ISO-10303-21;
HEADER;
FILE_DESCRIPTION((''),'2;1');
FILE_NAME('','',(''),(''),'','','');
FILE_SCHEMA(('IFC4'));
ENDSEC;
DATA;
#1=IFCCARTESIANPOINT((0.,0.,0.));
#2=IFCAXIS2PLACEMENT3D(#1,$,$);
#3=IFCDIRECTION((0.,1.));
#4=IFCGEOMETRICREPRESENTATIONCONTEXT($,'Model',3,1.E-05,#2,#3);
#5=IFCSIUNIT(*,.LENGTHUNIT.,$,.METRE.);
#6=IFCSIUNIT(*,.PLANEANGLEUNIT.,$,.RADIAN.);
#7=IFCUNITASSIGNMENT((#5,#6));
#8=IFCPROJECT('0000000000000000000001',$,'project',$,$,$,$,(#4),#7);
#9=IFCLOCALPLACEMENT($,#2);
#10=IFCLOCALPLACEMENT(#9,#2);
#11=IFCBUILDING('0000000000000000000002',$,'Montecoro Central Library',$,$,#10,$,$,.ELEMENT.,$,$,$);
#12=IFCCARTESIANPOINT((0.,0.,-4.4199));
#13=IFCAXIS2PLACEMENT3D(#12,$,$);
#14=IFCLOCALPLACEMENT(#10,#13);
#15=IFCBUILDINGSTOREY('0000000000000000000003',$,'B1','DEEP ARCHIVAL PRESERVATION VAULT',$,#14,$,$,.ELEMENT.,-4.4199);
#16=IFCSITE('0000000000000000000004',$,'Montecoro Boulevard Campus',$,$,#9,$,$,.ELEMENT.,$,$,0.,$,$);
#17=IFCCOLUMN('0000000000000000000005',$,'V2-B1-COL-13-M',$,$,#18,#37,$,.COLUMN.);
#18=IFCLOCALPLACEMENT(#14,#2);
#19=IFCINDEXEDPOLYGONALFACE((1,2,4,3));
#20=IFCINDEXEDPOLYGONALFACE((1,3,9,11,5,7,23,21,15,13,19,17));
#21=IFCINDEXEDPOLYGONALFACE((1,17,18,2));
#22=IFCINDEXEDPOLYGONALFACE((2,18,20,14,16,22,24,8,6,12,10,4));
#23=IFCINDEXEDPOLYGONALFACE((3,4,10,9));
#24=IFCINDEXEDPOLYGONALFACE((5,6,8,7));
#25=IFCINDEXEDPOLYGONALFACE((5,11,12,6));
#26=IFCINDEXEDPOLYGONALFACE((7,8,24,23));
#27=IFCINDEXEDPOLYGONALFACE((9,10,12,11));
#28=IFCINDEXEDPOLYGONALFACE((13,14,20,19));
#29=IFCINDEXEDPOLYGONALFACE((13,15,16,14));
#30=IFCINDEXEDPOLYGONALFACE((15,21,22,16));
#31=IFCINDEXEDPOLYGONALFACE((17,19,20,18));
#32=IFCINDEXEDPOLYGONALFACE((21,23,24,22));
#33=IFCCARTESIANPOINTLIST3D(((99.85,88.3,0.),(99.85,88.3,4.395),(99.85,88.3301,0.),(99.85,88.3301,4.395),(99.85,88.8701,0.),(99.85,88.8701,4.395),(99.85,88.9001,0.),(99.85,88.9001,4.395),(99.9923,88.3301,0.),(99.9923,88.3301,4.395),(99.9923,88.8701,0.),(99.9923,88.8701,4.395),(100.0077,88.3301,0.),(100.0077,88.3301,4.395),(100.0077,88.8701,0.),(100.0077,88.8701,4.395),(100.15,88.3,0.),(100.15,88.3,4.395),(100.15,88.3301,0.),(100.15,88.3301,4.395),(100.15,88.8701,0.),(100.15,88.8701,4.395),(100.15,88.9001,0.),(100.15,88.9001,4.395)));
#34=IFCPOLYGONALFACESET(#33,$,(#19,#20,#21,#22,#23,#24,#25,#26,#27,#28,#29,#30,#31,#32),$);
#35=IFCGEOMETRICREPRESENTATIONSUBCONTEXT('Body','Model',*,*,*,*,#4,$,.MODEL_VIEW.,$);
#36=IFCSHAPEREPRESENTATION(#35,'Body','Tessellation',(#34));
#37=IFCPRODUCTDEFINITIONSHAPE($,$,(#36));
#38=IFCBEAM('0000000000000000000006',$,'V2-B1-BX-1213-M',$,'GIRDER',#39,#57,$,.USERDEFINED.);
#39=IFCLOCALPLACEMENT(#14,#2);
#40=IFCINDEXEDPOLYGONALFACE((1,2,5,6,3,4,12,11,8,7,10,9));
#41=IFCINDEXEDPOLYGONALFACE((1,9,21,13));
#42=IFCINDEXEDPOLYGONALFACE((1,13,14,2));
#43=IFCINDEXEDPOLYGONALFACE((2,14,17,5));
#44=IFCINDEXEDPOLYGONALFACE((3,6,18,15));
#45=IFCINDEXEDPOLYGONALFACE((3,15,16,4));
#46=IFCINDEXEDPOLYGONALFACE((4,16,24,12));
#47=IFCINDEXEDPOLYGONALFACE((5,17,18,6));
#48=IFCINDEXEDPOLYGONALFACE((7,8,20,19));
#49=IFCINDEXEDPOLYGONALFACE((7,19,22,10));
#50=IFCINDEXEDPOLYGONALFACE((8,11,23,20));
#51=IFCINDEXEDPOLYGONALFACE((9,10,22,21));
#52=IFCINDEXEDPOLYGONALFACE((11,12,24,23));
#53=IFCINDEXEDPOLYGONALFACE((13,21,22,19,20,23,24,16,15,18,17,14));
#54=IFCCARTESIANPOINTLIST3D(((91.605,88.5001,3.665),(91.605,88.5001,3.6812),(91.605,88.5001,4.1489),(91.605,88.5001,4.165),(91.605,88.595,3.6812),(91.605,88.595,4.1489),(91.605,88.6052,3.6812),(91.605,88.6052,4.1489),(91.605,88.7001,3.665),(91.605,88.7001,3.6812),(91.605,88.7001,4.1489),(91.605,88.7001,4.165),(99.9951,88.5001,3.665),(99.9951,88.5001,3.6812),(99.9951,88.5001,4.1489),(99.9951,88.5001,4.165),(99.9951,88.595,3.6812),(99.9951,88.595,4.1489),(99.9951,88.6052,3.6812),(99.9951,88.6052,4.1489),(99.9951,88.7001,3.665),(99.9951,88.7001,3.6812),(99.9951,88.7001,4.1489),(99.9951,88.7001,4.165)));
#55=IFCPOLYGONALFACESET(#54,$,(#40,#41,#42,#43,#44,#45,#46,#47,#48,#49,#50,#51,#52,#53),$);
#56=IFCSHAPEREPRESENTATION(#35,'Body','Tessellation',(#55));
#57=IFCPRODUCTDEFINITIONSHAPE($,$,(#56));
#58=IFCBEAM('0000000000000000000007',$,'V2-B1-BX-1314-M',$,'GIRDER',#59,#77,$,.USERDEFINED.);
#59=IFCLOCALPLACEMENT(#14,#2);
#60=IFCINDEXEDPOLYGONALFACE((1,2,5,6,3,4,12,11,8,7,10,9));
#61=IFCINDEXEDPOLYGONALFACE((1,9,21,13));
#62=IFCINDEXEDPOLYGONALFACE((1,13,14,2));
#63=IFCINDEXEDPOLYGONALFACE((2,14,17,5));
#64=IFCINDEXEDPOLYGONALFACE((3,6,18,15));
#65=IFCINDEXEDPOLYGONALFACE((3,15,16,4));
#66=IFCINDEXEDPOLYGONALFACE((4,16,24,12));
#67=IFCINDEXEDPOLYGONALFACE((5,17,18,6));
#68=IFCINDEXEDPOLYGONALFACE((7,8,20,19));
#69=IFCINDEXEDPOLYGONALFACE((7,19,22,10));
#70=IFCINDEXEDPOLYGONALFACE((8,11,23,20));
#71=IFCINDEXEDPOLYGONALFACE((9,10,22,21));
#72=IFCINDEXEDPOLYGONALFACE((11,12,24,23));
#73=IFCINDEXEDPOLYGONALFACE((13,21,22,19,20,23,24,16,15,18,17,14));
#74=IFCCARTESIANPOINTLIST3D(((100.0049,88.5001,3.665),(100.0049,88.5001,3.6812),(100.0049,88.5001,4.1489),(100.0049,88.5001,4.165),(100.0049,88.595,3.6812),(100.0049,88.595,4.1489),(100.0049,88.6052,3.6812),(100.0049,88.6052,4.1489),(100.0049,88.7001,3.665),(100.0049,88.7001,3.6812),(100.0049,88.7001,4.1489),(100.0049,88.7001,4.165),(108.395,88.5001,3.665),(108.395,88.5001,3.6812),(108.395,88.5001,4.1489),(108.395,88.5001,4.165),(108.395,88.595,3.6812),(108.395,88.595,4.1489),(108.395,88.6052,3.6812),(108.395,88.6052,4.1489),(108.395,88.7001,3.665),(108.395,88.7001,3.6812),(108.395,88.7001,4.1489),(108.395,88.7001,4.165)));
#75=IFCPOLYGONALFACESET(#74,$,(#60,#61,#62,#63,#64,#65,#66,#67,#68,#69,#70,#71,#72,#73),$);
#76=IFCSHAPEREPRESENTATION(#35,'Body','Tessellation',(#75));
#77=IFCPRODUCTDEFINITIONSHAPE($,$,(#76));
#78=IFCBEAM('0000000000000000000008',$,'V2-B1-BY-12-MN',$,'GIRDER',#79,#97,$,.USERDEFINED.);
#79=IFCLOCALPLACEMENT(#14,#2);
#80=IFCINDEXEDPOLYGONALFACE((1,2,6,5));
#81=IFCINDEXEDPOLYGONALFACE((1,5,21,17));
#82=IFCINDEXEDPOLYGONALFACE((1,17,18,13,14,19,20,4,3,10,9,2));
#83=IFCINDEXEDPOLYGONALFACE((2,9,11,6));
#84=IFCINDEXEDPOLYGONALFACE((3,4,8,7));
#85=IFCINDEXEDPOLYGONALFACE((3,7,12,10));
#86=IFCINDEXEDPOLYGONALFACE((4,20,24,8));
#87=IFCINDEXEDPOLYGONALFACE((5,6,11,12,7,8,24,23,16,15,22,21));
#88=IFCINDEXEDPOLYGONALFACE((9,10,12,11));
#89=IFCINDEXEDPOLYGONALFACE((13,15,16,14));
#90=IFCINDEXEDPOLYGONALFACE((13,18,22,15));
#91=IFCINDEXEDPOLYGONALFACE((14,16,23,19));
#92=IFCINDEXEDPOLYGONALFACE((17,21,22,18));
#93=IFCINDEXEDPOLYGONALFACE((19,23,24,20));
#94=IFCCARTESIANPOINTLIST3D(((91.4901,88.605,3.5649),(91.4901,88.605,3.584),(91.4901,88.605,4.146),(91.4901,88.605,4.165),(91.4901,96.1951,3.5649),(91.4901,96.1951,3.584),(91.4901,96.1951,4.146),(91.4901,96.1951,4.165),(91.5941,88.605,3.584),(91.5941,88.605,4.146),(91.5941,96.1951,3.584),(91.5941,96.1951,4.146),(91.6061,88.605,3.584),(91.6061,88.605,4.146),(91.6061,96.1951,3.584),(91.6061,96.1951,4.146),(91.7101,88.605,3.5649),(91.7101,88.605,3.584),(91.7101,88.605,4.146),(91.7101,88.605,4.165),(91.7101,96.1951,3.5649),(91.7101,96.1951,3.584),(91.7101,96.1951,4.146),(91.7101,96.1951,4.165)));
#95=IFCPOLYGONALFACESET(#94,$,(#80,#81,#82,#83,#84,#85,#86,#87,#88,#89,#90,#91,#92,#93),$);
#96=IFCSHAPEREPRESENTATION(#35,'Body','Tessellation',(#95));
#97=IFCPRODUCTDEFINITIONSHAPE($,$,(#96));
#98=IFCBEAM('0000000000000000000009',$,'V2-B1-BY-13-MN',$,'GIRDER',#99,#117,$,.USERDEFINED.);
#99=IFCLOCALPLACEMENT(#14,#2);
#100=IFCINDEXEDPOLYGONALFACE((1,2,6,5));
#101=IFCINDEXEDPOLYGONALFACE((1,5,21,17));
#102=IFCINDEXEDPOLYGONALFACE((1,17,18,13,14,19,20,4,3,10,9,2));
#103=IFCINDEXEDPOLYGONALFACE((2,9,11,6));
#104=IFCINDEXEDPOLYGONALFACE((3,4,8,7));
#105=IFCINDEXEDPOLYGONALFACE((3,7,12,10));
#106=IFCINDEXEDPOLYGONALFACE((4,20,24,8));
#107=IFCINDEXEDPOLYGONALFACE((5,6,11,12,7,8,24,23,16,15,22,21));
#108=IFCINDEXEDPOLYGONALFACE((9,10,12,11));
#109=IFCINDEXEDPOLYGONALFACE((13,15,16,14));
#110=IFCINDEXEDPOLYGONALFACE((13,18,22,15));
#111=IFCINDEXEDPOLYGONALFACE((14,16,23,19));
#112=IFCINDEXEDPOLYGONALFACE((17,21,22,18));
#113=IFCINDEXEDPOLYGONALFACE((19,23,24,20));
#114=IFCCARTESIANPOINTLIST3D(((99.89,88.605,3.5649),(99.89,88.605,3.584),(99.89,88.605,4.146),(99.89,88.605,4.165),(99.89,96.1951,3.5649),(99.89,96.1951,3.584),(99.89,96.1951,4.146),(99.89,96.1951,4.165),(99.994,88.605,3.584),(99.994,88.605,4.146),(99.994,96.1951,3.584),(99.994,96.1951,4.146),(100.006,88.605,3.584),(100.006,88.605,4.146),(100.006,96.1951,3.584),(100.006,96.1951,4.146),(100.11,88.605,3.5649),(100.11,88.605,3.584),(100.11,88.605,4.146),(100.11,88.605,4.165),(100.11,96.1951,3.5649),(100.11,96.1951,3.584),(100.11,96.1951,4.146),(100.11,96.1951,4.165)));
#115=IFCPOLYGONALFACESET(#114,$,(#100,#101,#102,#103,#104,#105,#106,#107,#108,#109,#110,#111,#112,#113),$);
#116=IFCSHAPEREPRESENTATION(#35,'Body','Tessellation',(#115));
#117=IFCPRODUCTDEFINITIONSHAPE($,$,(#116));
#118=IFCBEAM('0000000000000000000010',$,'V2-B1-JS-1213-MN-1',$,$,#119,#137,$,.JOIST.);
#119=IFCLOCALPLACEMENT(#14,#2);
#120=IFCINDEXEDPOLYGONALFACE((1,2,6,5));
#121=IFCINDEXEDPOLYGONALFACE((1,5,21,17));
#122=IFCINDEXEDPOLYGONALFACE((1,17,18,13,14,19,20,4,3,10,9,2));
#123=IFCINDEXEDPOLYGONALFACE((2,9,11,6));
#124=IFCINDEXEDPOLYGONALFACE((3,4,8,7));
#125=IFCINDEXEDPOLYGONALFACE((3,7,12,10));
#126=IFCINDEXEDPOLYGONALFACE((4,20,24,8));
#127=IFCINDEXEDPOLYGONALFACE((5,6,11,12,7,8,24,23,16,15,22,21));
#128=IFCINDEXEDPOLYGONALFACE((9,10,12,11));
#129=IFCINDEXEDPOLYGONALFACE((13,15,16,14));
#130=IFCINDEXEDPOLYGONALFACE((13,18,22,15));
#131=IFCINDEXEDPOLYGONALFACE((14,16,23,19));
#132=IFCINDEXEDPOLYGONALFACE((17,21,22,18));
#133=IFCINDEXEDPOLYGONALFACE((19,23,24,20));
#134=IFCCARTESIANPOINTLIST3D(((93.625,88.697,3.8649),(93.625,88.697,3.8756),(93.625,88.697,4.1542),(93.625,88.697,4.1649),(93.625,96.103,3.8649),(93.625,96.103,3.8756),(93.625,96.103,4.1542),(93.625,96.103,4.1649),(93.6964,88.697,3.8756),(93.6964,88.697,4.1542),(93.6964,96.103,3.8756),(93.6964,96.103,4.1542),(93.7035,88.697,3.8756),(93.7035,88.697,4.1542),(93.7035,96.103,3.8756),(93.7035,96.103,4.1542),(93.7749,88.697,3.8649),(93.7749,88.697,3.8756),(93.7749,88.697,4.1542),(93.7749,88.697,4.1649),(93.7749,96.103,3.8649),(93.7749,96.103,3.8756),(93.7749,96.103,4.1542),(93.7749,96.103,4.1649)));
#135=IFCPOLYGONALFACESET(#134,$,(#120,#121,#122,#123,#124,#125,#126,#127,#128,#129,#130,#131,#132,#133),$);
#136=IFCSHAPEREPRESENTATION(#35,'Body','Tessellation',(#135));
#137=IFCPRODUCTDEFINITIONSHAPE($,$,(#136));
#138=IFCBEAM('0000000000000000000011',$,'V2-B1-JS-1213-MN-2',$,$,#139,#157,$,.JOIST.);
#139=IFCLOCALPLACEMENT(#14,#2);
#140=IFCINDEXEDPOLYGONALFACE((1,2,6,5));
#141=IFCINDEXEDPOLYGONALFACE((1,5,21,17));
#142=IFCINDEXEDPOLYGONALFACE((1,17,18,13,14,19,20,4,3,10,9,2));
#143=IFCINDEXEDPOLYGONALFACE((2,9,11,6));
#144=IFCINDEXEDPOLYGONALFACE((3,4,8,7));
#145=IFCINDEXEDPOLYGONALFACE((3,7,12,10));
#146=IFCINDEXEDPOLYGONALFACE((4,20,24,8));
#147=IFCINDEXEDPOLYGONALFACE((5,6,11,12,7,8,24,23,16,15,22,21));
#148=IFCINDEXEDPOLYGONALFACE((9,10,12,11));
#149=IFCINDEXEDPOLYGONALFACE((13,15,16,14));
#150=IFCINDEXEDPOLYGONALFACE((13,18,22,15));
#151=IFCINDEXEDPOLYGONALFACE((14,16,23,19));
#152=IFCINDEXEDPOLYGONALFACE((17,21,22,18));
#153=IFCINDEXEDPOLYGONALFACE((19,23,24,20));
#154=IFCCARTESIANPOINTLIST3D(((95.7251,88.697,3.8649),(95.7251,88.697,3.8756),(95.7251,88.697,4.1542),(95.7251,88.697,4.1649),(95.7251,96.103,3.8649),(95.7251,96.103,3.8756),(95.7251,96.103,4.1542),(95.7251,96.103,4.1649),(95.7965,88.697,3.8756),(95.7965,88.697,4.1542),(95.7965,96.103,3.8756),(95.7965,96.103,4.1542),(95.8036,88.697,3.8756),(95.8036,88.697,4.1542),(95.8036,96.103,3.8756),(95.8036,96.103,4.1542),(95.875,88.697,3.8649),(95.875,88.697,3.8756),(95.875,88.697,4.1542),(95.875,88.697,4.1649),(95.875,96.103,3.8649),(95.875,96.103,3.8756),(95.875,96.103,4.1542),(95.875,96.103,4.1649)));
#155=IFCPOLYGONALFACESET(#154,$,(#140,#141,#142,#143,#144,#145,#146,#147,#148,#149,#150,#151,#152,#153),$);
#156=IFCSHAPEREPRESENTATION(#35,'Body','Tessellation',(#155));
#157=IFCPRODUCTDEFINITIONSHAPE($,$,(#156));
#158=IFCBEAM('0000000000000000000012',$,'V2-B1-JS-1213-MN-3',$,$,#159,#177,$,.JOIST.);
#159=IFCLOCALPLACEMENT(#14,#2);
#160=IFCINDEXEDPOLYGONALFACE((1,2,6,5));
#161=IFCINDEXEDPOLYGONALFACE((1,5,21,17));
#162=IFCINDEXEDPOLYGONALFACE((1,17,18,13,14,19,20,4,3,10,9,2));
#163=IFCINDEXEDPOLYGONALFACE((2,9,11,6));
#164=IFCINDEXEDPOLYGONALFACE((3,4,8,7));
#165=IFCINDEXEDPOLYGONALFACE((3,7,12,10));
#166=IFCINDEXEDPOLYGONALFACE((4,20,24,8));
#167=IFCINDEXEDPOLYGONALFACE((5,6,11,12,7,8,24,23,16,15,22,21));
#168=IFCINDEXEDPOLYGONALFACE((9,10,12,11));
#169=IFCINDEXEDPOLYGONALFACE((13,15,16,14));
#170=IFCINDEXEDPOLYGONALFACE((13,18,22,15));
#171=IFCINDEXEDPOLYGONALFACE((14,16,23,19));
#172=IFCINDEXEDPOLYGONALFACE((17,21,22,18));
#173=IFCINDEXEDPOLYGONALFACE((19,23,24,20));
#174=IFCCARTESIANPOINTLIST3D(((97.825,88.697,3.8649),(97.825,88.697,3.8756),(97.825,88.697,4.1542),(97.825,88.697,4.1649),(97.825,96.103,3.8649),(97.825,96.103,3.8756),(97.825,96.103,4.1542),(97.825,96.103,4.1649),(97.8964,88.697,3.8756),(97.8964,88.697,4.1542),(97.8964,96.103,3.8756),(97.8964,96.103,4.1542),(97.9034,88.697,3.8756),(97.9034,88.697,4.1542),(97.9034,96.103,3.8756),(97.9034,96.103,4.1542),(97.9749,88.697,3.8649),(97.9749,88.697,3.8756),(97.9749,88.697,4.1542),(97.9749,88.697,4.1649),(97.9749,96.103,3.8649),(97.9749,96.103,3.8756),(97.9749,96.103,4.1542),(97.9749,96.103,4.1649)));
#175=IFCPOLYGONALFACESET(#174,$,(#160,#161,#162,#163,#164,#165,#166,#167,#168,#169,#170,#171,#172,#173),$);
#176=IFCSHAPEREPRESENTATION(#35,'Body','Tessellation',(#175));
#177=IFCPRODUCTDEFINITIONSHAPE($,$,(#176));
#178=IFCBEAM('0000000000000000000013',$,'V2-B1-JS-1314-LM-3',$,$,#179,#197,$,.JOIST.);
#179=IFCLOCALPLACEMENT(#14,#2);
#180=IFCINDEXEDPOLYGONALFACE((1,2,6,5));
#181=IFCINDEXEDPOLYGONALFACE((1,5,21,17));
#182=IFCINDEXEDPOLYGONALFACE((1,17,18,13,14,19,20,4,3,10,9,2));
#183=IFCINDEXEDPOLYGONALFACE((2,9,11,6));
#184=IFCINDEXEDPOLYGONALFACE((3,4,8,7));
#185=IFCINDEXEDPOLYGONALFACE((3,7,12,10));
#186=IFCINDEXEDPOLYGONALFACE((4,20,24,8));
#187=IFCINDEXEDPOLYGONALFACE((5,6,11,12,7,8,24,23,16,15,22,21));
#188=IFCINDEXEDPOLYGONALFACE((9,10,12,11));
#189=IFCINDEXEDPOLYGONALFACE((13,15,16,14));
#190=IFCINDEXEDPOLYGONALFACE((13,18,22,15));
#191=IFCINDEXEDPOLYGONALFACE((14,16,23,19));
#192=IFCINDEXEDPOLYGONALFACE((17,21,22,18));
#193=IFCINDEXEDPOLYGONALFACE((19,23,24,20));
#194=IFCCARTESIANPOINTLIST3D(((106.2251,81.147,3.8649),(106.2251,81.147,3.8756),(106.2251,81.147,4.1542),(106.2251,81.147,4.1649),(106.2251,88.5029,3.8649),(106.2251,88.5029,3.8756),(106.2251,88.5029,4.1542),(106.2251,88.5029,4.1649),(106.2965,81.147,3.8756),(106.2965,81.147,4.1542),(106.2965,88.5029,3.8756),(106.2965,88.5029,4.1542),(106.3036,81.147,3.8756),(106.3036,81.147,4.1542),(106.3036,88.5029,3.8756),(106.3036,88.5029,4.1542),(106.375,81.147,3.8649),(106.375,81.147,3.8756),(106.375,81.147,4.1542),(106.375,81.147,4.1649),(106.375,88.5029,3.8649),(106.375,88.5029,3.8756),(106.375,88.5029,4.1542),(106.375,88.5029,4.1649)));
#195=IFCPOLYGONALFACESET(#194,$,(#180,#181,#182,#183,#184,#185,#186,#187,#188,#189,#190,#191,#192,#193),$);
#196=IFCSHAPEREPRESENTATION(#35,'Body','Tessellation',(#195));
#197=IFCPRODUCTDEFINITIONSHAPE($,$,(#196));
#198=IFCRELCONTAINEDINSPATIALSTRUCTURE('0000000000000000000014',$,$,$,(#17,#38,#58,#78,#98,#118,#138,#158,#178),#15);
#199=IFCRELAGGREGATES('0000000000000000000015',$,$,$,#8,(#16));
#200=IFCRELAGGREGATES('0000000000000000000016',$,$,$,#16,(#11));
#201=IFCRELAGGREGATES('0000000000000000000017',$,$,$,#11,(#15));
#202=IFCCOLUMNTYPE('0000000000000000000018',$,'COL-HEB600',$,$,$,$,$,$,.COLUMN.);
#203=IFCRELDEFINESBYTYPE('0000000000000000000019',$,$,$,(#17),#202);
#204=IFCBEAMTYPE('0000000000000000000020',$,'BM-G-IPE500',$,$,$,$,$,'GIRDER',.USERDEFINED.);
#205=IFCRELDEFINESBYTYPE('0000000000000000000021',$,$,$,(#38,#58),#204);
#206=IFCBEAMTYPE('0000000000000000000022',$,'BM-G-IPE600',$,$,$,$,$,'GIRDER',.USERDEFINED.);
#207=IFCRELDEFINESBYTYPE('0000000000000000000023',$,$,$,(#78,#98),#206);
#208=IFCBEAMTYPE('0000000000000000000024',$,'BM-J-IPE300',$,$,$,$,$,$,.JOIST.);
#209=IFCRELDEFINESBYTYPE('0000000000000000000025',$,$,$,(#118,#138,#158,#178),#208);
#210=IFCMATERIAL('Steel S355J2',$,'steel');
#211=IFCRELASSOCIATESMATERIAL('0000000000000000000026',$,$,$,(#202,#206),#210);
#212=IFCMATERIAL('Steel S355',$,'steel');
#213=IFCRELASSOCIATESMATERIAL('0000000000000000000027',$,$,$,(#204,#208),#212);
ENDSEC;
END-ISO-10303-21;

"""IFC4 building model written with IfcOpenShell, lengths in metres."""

from ifc_helpers import new_model, si_unit, direction, frame, origin, origin_2d, place, context, subcontext, project, spatial, i_section, extrude, material, material_profile, profile_set, type_object, element, save


model = new_model("IFC4")

# Units and contexts
model_context = context("Model", 3, precision=1e-05, world=origin(), true_north=direction((0.0, 1.0)))
body_context = subcontext(model_context, "Body", "Model", "MODEL_VIEW")
ifc_project = project(units=[si_unit("LENGTHUNIT", "METRE"), si_unit("PLANEANGLEUNIT", "RADIAN")], contexts=[model_context])

# Site, building, storey
site_placement = place(None, origin())
site = spatial("IfcSite", under=ifc_project, at=site_placement, Name="Montecoro Boulevard Campus", CompositionType="ELEMENT", RefElevation=0.0)
building_placement = place(site_placement, origin())
building = spatial("IfcBuilding", under=site, at=building_placement, Name="Montecoro Central Library", CompositionType="ELEMENT")
storey_placement = place(building_placement, frame((0.0, 0.0, -4.4199)))
storey = spatial("IfcBuildingStorey", under=building, at=storey_placement, Name="B1", Description="DEEP ARCHIVAL PRESERVATION VAULT", CompositionType="ELEMENT", Elevation=-4.4199)

# Column
ifc_material_1 = material(Name="Steel S355J2", Category="steel")
ifc_material_profile_1 = material_profile(ifc_material_1, i_section(OverallWidth=0.3, OverallDepth=0.6001, WebThickness=0.0154, FlangeThickness=0.03, at=origin_2d()), Name="HEB 600")
ifc_profile_set_1 = profile_set([ifc_material_profile_1], Name="Steel S355J2")
column_type = type_object("IfcColumnType", Name="COL-HEB600", PredefinedType="COLUMN", material=ifc_profile_set_1)
for number, where, z_axis, x_axis, name in (
    (1, (100.0, 88.6001, 0.0), (0.0, 0.0, 1.0), (1.0, 0.0, 0.0), "V2-B1-COL-13-M"),
):
    element("IfcColumn", number, at=place(storey_placement, frame(where, z_axis=z_axis, x_axis=x_axis)), inside=storey, type_object=column_type, Name=name, PredefinedType="COLUMN", context=body_context, shape_type="SweptSolid", body=[
        extrude(i_section(OverallWidth=0.3, OverallDepth=0.6001, WebThickness=0.0154, FlangeThickness=0.03, at=origin_2d()), origin(), (0.0, 0.0, 1.0), 4.395),
    ])

# Beams
ifc_material_2 = material(Name="Steel S355", Category="steel")
ifc_material_profile_2 = material_profile(ifc_material_2, i_section(OverallWidth=0.2, OverallDepth=0.5, WebThickness=0.0103, FlangeThickness=0.0161, at=origin_2d()), Name="IPE 500")
ifc_profile_set_2 = profile_set([ifc_material_profile_2], Name="Steel S355")
beam_type_1 = type_object("IfcBeamType", Name="BM-G-IPE500", ElementType="GIRDER", PredefinedType="USERDEFINED", material=ifc_profile_set_2)
for number, where, z_axis, x_axis, name in (
    (2, (91.605, 88.6001, 3.915), (1.0, 0.0, 0.0), (0.0, 1.0, 0.0), "V2-B1-BX-1213-M"),
    (3, (100.0049, 88.6001, 3.915), (1.0, 0.0, 0.0), (0.0, 1.0, 0.0), "V2-B1-BX-1314-M"),
):
    element("IfcBeam", number, at=place(storey_placement, frame(where, z_axis=z_axis, x_axis=x_axis)), inside=storey, type_object=beam_type_1, Name=name, ObjectType="GIRDER", PredefinedType="USERDEFINED", context=body_context, shape_type="SweptSolid", body=[
        extrude(i_section(OverallWidth=0.2, OverallDepth=0.5, WebThickness=0.0103, FlangeThickness=0.0161, at=origin_2d()), origin(), (0.0, 0.0, 1.0), 8.3901),
    ])
ifc_material_profile_3 = material_profile(ifc_material_1, i_section(OverallWidth=0.22, OverallDepth=0.6001, WebThickness=0.012, FlangeThickness=0.019, at=origin_2d()), Name="IPE 600")
ifc_profile_set_3 = profile_set([ifc_material_profile_3], Name="Steel S355J2")
beam_type_2 = type_object("IfcBeamType", Name="BM-G-IPE600", ElementType="GIRDER", PredefinedType="USERDEFINED", material=ifc_profile_set_3)
for number, where, z_axis, x_axis, name in (
    (4, (91.6001, 88.605, 3.865), (0.0, 1.0, 0.0), (-1.0, 0.0, 0.0), "V2-B1-BY-12-MN"),
    (5, (100.0, 88.605, 3.865), (0.0, 1.0, 0.0), (-1.0, 0.0, 0.0), "V2-B1-BY-13-MN"),
):
    element("IfcBeam", number, at=place(storey_placement, frame(where, z_axis=z_axis, x_axis=x_axis)), inside=storey, type_object=beam_type_2, Name=name, ObjectType="GIRDER", PredefinedType="USERDEFINED", context=body_context, shape_type="SweptSolid", body=[
        extrude(i_section(OverallWidth=0.22, OverallDepth=0.6001, WebThickness=0.012, FlangeThickness=0.019, at=origin_2d()), origin(), (0.0, 0.0, 1.0), 7.5901),
    ])
ifc_material_profile_4 = material_profile(ifc_material_2, i_section(OverallWidth=0.1499, OverallDepth=0.3, WebThickness=0.0071, FlangeThickness=0.0107, at=origin_2d()), Name="IPE 300")
ifc_profile_set_4 = profile_set([ifc_material_profile_4], Name="Steel S355")
beam_type_3 = type_object("IfcBeamType", Name="BM-J-IPE300", PredefinedType="JOIST", material=ifc_profile_set_4)
for number, where, z_axis, x_axis, name in (
    (6, (93.7, 88.697, 4.0149), (0.0, 1.0, 0.0), (-1.0, 0.0, 0.0), "V2-B1-JS-1213-MN-1"),
    (7, (95.8, 88.697, 4.0149), (0.0, 1.0, 0.0), (-1.0, 0.0, 0.0), "V2-B1-JS-1213-MN-2"),
    (8, (97.8999, 88.697, 4.0149), (0.0, 1.0, 0.0), (-1.0, 0.0, 0.0), "V2-B1-JS-1213-MN-3"),
):
    element("IfcBeam", number, at=place(storey_placement, frame(where, z_axis=z_axis, x_axis=x_axis)), inside=storey, type_object=beam_type_3, Name=name, PredefinedType="JOIST", context=body_context, shape_type="SweptSolid", body=[
        extrude(i_section(OverallWidth=0.1499, OverallDepth=0.3, WebThickness=0.0071, FlangeThickness=0.0107, at=origin_2d()), origin(), (0.0, 0.0, 1.0), 7.406),
    ])
beam_placement = place(storey_placement, frame((106.3, 81.147, 4.0149), z_axis=(0.0, 1.0, 0.0), x_axis=(-1.0, 0.0, 0.0)))
element("IfcBeam", 9, at=beam_placement, inside=storey, type_object=beam_type_3, Name="V2-B1-JS-1314-LM-3", PredefinedType="JOIST", context=body_context, shape_type="SweptSolid", body=[
    extrude(i_section(OverallWidth=0.1499, OverallDepth=0.3, WebThickness=0.0071, FlangeThickness=0.0107, at=origin_2d()), origin(), (0.0, 0.0, 1.0), 7.356),
])

save(model, "model.ifc")
